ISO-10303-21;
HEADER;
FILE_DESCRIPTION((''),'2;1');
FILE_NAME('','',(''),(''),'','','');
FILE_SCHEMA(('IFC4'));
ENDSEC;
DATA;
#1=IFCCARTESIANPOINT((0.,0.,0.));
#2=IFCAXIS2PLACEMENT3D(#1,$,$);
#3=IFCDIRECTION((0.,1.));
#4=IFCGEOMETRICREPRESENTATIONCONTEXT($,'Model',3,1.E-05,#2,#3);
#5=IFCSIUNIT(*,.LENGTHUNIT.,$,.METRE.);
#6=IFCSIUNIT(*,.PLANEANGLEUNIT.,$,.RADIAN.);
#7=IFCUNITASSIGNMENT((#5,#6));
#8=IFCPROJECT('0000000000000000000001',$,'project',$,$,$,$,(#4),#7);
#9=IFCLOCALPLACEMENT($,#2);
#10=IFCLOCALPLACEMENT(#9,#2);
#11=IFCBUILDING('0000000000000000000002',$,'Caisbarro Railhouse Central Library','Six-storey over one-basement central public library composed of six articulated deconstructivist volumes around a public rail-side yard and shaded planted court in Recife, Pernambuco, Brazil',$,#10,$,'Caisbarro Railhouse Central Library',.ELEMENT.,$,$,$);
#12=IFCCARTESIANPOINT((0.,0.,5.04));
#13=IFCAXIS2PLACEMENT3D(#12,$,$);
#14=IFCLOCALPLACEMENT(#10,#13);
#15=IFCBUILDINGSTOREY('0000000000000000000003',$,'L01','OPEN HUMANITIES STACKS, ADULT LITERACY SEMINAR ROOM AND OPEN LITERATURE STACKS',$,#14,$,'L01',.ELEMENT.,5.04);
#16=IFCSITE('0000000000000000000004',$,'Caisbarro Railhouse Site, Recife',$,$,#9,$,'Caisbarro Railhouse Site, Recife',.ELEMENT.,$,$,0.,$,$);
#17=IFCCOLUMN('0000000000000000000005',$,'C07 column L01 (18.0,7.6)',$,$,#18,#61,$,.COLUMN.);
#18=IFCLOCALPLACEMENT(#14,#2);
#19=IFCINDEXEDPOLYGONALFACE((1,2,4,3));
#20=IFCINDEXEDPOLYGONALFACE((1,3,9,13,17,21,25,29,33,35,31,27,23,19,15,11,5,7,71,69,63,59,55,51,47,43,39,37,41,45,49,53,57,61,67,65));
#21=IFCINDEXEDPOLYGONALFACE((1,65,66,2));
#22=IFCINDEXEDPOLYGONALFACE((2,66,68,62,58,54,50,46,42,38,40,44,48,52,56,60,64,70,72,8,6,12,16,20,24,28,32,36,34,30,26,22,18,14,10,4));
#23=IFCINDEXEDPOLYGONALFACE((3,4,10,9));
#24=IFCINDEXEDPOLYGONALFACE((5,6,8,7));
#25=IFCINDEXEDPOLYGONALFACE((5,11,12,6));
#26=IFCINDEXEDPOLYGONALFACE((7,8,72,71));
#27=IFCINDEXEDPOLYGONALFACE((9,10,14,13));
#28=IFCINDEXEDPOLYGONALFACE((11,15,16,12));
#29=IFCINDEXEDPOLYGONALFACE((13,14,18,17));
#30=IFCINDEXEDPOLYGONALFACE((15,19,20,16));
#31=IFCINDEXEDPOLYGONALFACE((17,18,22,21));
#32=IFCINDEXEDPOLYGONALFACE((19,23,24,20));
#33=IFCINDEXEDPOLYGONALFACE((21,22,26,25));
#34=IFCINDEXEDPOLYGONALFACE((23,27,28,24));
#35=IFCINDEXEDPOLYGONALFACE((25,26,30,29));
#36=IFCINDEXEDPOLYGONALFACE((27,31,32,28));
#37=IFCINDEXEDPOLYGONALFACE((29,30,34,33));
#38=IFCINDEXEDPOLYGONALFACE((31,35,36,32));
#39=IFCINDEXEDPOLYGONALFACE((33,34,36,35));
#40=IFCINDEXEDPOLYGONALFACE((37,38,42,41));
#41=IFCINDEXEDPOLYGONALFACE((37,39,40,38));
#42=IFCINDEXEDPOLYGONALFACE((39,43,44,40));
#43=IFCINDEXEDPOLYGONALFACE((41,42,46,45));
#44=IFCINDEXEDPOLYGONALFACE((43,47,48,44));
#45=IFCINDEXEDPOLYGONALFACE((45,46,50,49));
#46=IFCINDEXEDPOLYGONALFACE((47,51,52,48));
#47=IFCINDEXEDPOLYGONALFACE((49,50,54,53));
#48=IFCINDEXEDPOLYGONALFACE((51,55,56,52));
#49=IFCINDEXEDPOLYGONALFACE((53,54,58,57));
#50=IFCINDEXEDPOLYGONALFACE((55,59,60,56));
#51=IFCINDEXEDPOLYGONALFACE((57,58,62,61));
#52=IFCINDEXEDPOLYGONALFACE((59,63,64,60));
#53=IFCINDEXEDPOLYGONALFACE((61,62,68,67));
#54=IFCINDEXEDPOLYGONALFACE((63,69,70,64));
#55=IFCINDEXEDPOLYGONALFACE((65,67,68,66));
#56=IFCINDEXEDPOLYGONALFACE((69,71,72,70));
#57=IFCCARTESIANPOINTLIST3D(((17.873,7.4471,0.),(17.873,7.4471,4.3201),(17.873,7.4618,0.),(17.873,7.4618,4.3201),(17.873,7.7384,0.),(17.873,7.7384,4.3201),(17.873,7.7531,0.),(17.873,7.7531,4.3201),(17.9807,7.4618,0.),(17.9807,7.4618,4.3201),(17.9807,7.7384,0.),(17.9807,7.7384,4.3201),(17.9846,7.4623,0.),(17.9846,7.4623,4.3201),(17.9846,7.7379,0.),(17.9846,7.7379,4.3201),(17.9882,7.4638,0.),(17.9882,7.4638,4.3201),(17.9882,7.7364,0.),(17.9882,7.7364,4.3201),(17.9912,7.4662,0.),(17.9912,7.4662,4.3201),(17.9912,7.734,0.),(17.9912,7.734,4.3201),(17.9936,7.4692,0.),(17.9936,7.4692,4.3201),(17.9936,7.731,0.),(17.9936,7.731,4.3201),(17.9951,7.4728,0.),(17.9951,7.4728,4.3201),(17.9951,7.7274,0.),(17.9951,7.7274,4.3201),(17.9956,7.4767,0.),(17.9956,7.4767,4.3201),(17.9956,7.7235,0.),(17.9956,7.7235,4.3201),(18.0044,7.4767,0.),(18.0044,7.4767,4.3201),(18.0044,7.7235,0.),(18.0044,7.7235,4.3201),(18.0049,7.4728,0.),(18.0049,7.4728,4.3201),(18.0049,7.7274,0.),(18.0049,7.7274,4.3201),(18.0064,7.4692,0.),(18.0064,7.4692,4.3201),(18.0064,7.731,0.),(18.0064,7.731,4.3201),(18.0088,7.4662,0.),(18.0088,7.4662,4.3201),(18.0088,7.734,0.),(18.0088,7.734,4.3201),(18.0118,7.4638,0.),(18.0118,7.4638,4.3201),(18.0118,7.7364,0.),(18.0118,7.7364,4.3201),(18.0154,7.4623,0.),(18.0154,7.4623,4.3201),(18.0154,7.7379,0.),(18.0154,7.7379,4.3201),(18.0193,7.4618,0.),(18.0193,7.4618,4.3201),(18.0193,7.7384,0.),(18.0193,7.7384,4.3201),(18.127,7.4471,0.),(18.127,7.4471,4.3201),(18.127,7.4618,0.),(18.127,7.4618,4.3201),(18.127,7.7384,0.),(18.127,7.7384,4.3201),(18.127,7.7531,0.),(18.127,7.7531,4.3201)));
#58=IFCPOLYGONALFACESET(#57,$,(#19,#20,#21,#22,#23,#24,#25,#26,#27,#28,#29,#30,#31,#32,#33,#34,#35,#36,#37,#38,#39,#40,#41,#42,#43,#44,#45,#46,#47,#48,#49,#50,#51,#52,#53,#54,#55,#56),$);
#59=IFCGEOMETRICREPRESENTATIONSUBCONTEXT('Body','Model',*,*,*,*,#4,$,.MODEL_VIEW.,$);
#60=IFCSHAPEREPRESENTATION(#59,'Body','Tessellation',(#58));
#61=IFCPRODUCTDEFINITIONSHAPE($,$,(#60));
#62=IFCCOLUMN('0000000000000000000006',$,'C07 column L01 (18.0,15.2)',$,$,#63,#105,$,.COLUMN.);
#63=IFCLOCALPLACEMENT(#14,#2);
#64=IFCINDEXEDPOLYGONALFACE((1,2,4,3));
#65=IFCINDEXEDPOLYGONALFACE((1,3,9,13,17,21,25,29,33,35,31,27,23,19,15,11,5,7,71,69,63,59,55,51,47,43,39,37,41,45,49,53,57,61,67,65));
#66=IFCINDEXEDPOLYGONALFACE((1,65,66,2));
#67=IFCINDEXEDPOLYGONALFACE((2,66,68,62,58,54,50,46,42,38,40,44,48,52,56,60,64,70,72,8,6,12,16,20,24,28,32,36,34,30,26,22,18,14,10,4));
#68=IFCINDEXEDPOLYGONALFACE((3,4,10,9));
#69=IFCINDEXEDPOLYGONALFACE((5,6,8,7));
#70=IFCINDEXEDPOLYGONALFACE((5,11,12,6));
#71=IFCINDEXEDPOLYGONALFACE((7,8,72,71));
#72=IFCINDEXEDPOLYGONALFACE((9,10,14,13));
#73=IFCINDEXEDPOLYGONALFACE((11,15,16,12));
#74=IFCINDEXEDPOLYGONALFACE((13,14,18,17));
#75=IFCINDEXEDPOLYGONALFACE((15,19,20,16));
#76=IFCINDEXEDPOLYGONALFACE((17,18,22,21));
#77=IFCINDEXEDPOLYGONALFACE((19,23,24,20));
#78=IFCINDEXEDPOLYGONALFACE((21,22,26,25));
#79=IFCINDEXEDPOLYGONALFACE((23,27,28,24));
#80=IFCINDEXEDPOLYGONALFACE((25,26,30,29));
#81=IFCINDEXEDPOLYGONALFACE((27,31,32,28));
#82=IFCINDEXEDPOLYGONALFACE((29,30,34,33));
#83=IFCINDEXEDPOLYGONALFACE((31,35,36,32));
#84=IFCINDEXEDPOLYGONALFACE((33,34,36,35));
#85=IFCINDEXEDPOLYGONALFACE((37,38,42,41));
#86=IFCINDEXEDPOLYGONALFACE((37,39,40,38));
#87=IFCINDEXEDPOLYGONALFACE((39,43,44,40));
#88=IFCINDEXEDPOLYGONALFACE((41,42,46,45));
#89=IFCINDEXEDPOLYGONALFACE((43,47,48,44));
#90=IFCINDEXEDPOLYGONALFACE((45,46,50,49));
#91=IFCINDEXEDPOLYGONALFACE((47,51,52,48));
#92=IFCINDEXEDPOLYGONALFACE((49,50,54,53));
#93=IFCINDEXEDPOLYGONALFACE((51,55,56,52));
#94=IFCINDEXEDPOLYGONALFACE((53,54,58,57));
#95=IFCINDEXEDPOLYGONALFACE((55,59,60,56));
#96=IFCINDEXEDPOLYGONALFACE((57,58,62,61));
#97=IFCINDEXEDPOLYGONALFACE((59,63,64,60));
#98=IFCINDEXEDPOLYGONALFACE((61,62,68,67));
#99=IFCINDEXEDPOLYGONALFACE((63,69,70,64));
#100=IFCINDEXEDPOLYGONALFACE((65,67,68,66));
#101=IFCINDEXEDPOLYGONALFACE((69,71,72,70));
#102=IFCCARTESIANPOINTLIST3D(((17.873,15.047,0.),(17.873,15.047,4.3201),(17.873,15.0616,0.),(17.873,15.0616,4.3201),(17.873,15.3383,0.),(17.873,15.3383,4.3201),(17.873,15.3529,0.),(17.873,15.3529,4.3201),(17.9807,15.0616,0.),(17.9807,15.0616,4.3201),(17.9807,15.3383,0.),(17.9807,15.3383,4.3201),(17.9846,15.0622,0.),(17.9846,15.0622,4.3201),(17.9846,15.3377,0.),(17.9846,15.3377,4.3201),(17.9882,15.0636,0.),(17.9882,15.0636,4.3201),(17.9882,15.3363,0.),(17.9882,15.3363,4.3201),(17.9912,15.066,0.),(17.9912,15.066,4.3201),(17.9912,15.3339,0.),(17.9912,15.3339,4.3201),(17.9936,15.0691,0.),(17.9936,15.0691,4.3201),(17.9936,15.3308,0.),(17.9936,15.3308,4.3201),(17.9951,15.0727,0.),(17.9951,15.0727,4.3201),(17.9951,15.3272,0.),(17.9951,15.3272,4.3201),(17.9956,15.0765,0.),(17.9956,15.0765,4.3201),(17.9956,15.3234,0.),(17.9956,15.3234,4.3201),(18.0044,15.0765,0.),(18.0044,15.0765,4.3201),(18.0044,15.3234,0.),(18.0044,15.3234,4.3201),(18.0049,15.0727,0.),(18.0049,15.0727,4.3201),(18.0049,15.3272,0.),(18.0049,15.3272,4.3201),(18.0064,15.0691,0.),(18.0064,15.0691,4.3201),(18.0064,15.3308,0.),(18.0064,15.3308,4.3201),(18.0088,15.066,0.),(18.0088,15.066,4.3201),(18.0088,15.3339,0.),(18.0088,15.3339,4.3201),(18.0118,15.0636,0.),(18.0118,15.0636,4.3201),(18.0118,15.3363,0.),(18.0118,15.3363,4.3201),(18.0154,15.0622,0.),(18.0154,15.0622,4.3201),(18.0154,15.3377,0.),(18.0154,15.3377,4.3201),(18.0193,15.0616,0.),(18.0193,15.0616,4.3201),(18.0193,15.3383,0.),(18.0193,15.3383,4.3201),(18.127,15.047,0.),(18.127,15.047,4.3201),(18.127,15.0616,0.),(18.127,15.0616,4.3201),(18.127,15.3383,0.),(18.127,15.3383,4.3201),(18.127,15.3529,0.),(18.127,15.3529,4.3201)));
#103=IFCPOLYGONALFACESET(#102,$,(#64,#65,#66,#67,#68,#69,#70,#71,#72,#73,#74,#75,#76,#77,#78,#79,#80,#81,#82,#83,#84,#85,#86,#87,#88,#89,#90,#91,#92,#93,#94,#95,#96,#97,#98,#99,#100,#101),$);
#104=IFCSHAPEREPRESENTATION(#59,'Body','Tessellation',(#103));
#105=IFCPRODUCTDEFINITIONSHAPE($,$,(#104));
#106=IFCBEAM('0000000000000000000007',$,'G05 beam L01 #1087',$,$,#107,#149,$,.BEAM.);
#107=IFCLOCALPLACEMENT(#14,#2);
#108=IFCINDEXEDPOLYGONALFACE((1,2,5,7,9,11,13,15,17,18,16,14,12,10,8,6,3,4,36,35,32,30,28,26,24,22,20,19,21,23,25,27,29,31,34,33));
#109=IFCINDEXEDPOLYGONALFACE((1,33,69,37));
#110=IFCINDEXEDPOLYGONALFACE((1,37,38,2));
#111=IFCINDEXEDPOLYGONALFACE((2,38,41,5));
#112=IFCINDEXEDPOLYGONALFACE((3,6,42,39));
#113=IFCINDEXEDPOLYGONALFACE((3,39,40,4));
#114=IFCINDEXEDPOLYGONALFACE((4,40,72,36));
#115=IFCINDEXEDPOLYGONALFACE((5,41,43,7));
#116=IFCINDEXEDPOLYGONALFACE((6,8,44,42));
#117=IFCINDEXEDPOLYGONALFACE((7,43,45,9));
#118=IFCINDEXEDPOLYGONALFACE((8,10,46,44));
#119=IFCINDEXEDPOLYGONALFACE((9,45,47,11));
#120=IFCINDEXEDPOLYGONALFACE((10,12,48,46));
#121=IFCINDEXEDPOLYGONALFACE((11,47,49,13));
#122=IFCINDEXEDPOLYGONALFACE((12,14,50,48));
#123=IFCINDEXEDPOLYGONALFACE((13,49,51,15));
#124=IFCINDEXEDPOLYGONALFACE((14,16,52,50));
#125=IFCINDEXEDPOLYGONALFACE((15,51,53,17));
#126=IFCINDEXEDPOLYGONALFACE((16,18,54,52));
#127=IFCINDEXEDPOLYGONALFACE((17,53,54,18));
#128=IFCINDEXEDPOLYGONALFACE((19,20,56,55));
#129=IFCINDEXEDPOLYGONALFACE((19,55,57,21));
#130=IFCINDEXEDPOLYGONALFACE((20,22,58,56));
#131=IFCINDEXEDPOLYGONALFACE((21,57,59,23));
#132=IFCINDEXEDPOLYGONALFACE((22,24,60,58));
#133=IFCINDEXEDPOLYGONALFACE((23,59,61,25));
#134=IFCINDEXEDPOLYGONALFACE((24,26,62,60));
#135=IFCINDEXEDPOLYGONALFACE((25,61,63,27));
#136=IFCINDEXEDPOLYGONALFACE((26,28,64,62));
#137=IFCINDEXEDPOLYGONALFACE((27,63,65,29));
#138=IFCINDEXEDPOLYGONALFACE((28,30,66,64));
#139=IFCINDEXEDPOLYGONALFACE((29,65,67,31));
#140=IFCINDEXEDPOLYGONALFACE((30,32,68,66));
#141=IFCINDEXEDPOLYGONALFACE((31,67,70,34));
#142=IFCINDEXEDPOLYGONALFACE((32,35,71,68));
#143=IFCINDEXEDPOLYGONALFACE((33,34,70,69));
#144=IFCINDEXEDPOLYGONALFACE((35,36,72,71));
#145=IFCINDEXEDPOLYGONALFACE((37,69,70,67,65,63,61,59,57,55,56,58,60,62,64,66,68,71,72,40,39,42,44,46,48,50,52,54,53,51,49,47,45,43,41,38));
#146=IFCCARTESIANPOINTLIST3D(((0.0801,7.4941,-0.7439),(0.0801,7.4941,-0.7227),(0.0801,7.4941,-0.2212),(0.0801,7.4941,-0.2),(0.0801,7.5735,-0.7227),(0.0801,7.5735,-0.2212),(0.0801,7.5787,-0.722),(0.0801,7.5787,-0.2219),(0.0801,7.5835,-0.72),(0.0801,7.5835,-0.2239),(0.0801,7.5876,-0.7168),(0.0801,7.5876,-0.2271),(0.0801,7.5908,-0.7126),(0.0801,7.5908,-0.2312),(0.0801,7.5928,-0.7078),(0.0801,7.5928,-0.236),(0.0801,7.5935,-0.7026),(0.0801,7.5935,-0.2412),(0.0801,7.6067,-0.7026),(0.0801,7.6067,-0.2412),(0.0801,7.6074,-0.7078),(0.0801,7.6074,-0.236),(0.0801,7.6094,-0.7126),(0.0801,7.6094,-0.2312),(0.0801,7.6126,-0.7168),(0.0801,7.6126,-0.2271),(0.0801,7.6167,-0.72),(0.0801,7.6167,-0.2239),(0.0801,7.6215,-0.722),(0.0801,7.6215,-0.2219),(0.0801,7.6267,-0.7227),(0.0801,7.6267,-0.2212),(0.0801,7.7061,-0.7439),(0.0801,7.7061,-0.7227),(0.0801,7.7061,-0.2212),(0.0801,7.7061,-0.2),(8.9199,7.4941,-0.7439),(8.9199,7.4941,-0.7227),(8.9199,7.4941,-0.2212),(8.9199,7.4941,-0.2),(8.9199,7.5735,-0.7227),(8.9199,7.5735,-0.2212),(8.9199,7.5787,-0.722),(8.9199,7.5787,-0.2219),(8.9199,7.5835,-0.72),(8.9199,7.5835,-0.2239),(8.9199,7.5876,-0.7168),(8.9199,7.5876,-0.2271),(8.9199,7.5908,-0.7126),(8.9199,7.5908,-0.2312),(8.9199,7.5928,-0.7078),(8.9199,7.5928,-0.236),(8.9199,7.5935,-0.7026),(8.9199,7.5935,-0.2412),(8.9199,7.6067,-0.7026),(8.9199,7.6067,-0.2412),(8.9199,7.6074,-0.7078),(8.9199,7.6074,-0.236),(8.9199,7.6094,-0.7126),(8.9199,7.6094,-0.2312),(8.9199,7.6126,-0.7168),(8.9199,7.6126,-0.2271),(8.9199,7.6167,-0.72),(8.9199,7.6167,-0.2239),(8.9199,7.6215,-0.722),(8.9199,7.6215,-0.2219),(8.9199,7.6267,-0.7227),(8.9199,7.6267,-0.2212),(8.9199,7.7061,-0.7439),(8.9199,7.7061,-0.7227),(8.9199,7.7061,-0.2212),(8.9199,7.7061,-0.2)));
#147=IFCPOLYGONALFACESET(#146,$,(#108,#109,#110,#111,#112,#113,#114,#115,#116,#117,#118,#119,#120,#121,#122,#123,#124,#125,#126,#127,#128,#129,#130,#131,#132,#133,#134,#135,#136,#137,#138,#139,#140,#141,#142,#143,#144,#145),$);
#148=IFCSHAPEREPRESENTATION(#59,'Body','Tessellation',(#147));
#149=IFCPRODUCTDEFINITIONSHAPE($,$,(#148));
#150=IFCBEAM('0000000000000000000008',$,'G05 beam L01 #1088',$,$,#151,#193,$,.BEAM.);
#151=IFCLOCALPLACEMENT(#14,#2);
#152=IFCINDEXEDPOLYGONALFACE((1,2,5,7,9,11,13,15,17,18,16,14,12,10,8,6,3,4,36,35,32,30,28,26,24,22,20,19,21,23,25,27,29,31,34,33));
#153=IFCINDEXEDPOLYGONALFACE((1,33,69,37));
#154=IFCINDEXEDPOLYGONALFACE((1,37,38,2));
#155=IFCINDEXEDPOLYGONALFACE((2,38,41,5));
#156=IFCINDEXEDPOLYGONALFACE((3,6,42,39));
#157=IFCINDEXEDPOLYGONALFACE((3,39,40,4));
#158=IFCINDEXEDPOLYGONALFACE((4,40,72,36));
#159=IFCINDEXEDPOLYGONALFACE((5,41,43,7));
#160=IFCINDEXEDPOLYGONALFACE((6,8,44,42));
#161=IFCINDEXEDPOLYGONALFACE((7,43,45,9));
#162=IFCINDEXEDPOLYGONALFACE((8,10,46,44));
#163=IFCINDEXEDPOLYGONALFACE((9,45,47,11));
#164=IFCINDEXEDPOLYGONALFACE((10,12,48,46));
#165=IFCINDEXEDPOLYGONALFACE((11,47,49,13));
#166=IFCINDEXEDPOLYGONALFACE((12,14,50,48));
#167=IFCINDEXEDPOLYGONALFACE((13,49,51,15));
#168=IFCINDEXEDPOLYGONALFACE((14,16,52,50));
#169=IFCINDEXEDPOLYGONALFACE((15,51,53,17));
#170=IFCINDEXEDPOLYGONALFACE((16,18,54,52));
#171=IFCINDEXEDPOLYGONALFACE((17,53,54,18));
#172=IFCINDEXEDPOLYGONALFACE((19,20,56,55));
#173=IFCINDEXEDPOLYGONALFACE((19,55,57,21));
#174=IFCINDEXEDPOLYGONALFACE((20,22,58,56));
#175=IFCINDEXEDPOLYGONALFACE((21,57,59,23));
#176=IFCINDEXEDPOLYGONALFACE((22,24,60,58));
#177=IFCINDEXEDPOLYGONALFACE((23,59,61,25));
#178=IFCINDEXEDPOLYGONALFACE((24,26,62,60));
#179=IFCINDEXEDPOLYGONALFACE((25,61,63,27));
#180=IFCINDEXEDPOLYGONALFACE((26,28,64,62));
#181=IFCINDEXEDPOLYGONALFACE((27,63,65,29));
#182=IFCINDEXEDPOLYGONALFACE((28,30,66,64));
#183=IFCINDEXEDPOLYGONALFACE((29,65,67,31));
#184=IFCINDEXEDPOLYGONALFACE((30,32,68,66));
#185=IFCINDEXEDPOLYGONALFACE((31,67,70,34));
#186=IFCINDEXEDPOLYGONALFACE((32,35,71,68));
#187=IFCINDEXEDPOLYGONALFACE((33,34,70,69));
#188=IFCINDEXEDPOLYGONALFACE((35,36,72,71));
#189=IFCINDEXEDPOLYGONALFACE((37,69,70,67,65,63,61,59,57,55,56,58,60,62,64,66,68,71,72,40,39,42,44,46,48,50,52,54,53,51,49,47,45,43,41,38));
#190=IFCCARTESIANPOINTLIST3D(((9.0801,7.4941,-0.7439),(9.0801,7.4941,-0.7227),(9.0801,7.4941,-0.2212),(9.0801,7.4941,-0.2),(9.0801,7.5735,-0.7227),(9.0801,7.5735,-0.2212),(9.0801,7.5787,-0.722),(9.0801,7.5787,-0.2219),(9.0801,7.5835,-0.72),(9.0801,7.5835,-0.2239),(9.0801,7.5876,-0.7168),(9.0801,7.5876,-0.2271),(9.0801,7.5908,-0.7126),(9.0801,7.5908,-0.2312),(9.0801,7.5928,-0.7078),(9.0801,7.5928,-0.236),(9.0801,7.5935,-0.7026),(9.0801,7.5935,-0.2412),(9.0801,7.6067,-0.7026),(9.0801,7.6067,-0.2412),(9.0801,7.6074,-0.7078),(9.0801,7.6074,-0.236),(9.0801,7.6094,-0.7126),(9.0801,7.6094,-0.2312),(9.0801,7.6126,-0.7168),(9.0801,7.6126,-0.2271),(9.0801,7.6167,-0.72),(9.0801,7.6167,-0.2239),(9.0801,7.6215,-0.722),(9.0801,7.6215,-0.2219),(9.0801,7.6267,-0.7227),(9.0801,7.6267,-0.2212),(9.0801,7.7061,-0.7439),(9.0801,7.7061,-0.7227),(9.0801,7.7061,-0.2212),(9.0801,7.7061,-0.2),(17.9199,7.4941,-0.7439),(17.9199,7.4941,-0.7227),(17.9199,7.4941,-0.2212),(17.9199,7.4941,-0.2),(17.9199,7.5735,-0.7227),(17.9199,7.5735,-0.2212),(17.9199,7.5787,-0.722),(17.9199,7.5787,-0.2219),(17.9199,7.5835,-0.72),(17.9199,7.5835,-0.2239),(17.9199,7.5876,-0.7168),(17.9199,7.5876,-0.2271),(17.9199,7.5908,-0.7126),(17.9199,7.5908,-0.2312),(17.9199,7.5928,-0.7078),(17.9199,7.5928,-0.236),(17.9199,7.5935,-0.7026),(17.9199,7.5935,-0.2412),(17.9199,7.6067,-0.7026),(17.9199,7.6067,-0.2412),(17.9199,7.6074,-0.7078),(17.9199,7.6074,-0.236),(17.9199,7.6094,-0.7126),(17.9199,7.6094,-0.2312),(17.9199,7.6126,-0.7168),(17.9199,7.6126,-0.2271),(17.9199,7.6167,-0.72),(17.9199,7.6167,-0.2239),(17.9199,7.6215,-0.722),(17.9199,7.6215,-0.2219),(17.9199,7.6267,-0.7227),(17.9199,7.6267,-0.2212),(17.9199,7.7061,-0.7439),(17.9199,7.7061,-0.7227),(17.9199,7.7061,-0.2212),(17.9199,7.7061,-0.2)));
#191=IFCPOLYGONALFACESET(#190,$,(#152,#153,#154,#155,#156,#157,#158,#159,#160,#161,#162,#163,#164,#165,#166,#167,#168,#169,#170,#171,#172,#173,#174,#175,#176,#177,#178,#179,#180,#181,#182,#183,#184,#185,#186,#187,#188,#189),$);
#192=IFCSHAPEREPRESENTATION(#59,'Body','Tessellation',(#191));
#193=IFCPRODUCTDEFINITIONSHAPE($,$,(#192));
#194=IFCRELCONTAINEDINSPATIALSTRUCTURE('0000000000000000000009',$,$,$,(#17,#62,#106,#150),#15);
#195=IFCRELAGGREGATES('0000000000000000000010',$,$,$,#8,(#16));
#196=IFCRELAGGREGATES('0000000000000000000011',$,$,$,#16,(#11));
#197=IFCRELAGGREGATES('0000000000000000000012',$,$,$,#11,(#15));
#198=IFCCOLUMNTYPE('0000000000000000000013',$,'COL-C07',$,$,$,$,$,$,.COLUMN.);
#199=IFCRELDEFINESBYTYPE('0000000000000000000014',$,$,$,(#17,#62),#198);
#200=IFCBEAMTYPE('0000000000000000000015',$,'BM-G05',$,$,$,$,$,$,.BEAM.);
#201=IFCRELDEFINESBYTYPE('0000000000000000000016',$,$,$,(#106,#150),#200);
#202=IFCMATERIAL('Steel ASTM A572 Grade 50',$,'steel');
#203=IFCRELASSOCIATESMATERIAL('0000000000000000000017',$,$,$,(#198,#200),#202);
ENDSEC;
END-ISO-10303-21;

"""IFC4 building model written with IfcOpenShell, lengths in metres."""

from ifc_helpers import new_model, si_unit, direction, frame, origin, origin_2d, place, context, subcontext, project, spatial, i_section, extrude, material, material_profile, profile_set, type_object, element, save


model = new_model("IFC4")

# Units and contexts
model_context = context("Model", 3, precision=1e-05, world=origin(), true_north=direction((0.0, 1.0)))
body_context = subcontext(model_context, "Body", "Model", "MODEL_VIEW")
ifc_project = project(units=[si_unit("LENGTHUNIT", "METRE"), si_unit("PLANEANGLEUNIT", "RADIAN")], contexts=[model_context])

# Site, building, storey
site_placement = place(None, origin())
site = spatial("IfcSite", under=ifc_project, at=site_placement, Name="Caisbarro Railhouse Site, Recife", LongName="Caisbarro Railhouse Site, Recife", CompositionType="ELEMENT", RefElevation=0.0)
building_placement = place(site_placement, origin())
building = spatial("IfcBuilding", under=site, at=building_placement, Name="Caisbarro Railhouse Central Library", Description="Six-storey over one-basement central public library composed of six articulated deconstructivist volumes around a public rail-side yard and shaded planted court in Recife, Pernambuco, Brazil", LongName="Caisbarro Railhouse Central Library", CompositionType="ELEMENT")
storey_placement = place(building_placement, frame((0.0, 0.0, 5.04)))
storey = spatial("IfcBuildingStorey", under=building, at=storey_placement, Name="L01", Description="OPEN HUMANITIES STACKS, ADULT LITERACY SEMINAR ROOM AND OPEN LITERATURE STACKS", LongName="L01", CompositionType="ELEMENT", Elevation=5.04)

# Columns
ifc_material_1 = material(Name="Steel ASTM A572 Grade 50", Category="steel")
ifc_material_profile_1 = material_profile(ifc_material_1, i_section(OverallWidth=0.2539, OverallDepth=0.3059, WebThickness=0.0088, FlangeThickness=0.0146, FilletRadius=0.0149, at=origin_2d()), Name="W310X79.0")
ifc_profile_set_1 = profile_set([ifc_material_profile_1], Name="Steel ASTM A572 Grade 50")
column_type = type_object("IfcColumnType", Name="COL-C07", PredefinedType="COLUMN", material=ifc_profile_set_1)
for number, where, z_axis, x_axis, name in (
    (1, (18.0, 7.6001, 0.0), (0.0, 0.0, 1.0), (1.0, 0.0, 0.0), "C07 column L01 (18.0,7.6)"),
    (2, (18.0, 15.2, 0.0), (0.0, 0.0, 1.0), (1.0, 0.0, 0.0), "C07 column L01 (18.0,15.2)"),
):
    element("IfcColumn", number, at=place(storey_placement, frame(where, z_axis=z_axis, x_axis=x_axis)), inside=storey, type_object=column_type, Name=name, PredefinedType="COLUMN", context=body_context, shape_type="SweptSolid", body=[
        extrude(i_section(OverallWidth=0.2539, OverallDepth=0.3059, WebThickness=0.0088, FlangeThickness=0.0146, FilletRadius=0.0149, at=origin_2d()), origin(), (0.0, 0.0, 1.0), 4.3201),
    ])

# Beams
ifc_material_profile_2 = material_profile(ifc_material_1, i_section(OverallWidth=0.2119, OverallDepth=0.5439, WebThickness=0.0132, FlangeThickness=0.0212, FilletRadius=0.02, at=origin_2d()), Name="W530X123.0")
ifc_profile_set_2 = profile_set([ifc_material_profile_2], Name="Steel ASTM A572 Grade 50")
beam_type_1 = type_object("IfcBeamType", Name="BM-G05", PredefinedType="BEAM", material=ifc_profile_set_2)
for number, where, z_axis, x_axis, name in (
    (3, (0.0801, 7.6001, -0.4719), (1.0, 0.0, 0.0), (0.0, 1.0, 0.0), "G05 beam L01 #1087"),
    (4, (9.0801, 7.6001, -0.4719), (1.0, 0.0, 0.0), (0.0, 1.0, 0.0), "G05 beam L01 #1088"),
):
    element("IfcBeam", number, at=place(storey_placement, frame(where, z_axis=z_axis, x_axis=x_axis)), inside=storey, type_object=beam_type_1, Name=name, PredefinedType="BEAM", context=body_context, shape_type="SweptSolid", body=[
        extrude(i_section(OverallWidth=0.2119, OverallDepth=0.5439, WebThickness=0.0132, FlangeThickness=0.0212, FilletRadius=0.02, at=origin_2d()), origin(), (0.0, 0.0, 1.0), 8.8398),
    ])

save(model, "model.ifc")
